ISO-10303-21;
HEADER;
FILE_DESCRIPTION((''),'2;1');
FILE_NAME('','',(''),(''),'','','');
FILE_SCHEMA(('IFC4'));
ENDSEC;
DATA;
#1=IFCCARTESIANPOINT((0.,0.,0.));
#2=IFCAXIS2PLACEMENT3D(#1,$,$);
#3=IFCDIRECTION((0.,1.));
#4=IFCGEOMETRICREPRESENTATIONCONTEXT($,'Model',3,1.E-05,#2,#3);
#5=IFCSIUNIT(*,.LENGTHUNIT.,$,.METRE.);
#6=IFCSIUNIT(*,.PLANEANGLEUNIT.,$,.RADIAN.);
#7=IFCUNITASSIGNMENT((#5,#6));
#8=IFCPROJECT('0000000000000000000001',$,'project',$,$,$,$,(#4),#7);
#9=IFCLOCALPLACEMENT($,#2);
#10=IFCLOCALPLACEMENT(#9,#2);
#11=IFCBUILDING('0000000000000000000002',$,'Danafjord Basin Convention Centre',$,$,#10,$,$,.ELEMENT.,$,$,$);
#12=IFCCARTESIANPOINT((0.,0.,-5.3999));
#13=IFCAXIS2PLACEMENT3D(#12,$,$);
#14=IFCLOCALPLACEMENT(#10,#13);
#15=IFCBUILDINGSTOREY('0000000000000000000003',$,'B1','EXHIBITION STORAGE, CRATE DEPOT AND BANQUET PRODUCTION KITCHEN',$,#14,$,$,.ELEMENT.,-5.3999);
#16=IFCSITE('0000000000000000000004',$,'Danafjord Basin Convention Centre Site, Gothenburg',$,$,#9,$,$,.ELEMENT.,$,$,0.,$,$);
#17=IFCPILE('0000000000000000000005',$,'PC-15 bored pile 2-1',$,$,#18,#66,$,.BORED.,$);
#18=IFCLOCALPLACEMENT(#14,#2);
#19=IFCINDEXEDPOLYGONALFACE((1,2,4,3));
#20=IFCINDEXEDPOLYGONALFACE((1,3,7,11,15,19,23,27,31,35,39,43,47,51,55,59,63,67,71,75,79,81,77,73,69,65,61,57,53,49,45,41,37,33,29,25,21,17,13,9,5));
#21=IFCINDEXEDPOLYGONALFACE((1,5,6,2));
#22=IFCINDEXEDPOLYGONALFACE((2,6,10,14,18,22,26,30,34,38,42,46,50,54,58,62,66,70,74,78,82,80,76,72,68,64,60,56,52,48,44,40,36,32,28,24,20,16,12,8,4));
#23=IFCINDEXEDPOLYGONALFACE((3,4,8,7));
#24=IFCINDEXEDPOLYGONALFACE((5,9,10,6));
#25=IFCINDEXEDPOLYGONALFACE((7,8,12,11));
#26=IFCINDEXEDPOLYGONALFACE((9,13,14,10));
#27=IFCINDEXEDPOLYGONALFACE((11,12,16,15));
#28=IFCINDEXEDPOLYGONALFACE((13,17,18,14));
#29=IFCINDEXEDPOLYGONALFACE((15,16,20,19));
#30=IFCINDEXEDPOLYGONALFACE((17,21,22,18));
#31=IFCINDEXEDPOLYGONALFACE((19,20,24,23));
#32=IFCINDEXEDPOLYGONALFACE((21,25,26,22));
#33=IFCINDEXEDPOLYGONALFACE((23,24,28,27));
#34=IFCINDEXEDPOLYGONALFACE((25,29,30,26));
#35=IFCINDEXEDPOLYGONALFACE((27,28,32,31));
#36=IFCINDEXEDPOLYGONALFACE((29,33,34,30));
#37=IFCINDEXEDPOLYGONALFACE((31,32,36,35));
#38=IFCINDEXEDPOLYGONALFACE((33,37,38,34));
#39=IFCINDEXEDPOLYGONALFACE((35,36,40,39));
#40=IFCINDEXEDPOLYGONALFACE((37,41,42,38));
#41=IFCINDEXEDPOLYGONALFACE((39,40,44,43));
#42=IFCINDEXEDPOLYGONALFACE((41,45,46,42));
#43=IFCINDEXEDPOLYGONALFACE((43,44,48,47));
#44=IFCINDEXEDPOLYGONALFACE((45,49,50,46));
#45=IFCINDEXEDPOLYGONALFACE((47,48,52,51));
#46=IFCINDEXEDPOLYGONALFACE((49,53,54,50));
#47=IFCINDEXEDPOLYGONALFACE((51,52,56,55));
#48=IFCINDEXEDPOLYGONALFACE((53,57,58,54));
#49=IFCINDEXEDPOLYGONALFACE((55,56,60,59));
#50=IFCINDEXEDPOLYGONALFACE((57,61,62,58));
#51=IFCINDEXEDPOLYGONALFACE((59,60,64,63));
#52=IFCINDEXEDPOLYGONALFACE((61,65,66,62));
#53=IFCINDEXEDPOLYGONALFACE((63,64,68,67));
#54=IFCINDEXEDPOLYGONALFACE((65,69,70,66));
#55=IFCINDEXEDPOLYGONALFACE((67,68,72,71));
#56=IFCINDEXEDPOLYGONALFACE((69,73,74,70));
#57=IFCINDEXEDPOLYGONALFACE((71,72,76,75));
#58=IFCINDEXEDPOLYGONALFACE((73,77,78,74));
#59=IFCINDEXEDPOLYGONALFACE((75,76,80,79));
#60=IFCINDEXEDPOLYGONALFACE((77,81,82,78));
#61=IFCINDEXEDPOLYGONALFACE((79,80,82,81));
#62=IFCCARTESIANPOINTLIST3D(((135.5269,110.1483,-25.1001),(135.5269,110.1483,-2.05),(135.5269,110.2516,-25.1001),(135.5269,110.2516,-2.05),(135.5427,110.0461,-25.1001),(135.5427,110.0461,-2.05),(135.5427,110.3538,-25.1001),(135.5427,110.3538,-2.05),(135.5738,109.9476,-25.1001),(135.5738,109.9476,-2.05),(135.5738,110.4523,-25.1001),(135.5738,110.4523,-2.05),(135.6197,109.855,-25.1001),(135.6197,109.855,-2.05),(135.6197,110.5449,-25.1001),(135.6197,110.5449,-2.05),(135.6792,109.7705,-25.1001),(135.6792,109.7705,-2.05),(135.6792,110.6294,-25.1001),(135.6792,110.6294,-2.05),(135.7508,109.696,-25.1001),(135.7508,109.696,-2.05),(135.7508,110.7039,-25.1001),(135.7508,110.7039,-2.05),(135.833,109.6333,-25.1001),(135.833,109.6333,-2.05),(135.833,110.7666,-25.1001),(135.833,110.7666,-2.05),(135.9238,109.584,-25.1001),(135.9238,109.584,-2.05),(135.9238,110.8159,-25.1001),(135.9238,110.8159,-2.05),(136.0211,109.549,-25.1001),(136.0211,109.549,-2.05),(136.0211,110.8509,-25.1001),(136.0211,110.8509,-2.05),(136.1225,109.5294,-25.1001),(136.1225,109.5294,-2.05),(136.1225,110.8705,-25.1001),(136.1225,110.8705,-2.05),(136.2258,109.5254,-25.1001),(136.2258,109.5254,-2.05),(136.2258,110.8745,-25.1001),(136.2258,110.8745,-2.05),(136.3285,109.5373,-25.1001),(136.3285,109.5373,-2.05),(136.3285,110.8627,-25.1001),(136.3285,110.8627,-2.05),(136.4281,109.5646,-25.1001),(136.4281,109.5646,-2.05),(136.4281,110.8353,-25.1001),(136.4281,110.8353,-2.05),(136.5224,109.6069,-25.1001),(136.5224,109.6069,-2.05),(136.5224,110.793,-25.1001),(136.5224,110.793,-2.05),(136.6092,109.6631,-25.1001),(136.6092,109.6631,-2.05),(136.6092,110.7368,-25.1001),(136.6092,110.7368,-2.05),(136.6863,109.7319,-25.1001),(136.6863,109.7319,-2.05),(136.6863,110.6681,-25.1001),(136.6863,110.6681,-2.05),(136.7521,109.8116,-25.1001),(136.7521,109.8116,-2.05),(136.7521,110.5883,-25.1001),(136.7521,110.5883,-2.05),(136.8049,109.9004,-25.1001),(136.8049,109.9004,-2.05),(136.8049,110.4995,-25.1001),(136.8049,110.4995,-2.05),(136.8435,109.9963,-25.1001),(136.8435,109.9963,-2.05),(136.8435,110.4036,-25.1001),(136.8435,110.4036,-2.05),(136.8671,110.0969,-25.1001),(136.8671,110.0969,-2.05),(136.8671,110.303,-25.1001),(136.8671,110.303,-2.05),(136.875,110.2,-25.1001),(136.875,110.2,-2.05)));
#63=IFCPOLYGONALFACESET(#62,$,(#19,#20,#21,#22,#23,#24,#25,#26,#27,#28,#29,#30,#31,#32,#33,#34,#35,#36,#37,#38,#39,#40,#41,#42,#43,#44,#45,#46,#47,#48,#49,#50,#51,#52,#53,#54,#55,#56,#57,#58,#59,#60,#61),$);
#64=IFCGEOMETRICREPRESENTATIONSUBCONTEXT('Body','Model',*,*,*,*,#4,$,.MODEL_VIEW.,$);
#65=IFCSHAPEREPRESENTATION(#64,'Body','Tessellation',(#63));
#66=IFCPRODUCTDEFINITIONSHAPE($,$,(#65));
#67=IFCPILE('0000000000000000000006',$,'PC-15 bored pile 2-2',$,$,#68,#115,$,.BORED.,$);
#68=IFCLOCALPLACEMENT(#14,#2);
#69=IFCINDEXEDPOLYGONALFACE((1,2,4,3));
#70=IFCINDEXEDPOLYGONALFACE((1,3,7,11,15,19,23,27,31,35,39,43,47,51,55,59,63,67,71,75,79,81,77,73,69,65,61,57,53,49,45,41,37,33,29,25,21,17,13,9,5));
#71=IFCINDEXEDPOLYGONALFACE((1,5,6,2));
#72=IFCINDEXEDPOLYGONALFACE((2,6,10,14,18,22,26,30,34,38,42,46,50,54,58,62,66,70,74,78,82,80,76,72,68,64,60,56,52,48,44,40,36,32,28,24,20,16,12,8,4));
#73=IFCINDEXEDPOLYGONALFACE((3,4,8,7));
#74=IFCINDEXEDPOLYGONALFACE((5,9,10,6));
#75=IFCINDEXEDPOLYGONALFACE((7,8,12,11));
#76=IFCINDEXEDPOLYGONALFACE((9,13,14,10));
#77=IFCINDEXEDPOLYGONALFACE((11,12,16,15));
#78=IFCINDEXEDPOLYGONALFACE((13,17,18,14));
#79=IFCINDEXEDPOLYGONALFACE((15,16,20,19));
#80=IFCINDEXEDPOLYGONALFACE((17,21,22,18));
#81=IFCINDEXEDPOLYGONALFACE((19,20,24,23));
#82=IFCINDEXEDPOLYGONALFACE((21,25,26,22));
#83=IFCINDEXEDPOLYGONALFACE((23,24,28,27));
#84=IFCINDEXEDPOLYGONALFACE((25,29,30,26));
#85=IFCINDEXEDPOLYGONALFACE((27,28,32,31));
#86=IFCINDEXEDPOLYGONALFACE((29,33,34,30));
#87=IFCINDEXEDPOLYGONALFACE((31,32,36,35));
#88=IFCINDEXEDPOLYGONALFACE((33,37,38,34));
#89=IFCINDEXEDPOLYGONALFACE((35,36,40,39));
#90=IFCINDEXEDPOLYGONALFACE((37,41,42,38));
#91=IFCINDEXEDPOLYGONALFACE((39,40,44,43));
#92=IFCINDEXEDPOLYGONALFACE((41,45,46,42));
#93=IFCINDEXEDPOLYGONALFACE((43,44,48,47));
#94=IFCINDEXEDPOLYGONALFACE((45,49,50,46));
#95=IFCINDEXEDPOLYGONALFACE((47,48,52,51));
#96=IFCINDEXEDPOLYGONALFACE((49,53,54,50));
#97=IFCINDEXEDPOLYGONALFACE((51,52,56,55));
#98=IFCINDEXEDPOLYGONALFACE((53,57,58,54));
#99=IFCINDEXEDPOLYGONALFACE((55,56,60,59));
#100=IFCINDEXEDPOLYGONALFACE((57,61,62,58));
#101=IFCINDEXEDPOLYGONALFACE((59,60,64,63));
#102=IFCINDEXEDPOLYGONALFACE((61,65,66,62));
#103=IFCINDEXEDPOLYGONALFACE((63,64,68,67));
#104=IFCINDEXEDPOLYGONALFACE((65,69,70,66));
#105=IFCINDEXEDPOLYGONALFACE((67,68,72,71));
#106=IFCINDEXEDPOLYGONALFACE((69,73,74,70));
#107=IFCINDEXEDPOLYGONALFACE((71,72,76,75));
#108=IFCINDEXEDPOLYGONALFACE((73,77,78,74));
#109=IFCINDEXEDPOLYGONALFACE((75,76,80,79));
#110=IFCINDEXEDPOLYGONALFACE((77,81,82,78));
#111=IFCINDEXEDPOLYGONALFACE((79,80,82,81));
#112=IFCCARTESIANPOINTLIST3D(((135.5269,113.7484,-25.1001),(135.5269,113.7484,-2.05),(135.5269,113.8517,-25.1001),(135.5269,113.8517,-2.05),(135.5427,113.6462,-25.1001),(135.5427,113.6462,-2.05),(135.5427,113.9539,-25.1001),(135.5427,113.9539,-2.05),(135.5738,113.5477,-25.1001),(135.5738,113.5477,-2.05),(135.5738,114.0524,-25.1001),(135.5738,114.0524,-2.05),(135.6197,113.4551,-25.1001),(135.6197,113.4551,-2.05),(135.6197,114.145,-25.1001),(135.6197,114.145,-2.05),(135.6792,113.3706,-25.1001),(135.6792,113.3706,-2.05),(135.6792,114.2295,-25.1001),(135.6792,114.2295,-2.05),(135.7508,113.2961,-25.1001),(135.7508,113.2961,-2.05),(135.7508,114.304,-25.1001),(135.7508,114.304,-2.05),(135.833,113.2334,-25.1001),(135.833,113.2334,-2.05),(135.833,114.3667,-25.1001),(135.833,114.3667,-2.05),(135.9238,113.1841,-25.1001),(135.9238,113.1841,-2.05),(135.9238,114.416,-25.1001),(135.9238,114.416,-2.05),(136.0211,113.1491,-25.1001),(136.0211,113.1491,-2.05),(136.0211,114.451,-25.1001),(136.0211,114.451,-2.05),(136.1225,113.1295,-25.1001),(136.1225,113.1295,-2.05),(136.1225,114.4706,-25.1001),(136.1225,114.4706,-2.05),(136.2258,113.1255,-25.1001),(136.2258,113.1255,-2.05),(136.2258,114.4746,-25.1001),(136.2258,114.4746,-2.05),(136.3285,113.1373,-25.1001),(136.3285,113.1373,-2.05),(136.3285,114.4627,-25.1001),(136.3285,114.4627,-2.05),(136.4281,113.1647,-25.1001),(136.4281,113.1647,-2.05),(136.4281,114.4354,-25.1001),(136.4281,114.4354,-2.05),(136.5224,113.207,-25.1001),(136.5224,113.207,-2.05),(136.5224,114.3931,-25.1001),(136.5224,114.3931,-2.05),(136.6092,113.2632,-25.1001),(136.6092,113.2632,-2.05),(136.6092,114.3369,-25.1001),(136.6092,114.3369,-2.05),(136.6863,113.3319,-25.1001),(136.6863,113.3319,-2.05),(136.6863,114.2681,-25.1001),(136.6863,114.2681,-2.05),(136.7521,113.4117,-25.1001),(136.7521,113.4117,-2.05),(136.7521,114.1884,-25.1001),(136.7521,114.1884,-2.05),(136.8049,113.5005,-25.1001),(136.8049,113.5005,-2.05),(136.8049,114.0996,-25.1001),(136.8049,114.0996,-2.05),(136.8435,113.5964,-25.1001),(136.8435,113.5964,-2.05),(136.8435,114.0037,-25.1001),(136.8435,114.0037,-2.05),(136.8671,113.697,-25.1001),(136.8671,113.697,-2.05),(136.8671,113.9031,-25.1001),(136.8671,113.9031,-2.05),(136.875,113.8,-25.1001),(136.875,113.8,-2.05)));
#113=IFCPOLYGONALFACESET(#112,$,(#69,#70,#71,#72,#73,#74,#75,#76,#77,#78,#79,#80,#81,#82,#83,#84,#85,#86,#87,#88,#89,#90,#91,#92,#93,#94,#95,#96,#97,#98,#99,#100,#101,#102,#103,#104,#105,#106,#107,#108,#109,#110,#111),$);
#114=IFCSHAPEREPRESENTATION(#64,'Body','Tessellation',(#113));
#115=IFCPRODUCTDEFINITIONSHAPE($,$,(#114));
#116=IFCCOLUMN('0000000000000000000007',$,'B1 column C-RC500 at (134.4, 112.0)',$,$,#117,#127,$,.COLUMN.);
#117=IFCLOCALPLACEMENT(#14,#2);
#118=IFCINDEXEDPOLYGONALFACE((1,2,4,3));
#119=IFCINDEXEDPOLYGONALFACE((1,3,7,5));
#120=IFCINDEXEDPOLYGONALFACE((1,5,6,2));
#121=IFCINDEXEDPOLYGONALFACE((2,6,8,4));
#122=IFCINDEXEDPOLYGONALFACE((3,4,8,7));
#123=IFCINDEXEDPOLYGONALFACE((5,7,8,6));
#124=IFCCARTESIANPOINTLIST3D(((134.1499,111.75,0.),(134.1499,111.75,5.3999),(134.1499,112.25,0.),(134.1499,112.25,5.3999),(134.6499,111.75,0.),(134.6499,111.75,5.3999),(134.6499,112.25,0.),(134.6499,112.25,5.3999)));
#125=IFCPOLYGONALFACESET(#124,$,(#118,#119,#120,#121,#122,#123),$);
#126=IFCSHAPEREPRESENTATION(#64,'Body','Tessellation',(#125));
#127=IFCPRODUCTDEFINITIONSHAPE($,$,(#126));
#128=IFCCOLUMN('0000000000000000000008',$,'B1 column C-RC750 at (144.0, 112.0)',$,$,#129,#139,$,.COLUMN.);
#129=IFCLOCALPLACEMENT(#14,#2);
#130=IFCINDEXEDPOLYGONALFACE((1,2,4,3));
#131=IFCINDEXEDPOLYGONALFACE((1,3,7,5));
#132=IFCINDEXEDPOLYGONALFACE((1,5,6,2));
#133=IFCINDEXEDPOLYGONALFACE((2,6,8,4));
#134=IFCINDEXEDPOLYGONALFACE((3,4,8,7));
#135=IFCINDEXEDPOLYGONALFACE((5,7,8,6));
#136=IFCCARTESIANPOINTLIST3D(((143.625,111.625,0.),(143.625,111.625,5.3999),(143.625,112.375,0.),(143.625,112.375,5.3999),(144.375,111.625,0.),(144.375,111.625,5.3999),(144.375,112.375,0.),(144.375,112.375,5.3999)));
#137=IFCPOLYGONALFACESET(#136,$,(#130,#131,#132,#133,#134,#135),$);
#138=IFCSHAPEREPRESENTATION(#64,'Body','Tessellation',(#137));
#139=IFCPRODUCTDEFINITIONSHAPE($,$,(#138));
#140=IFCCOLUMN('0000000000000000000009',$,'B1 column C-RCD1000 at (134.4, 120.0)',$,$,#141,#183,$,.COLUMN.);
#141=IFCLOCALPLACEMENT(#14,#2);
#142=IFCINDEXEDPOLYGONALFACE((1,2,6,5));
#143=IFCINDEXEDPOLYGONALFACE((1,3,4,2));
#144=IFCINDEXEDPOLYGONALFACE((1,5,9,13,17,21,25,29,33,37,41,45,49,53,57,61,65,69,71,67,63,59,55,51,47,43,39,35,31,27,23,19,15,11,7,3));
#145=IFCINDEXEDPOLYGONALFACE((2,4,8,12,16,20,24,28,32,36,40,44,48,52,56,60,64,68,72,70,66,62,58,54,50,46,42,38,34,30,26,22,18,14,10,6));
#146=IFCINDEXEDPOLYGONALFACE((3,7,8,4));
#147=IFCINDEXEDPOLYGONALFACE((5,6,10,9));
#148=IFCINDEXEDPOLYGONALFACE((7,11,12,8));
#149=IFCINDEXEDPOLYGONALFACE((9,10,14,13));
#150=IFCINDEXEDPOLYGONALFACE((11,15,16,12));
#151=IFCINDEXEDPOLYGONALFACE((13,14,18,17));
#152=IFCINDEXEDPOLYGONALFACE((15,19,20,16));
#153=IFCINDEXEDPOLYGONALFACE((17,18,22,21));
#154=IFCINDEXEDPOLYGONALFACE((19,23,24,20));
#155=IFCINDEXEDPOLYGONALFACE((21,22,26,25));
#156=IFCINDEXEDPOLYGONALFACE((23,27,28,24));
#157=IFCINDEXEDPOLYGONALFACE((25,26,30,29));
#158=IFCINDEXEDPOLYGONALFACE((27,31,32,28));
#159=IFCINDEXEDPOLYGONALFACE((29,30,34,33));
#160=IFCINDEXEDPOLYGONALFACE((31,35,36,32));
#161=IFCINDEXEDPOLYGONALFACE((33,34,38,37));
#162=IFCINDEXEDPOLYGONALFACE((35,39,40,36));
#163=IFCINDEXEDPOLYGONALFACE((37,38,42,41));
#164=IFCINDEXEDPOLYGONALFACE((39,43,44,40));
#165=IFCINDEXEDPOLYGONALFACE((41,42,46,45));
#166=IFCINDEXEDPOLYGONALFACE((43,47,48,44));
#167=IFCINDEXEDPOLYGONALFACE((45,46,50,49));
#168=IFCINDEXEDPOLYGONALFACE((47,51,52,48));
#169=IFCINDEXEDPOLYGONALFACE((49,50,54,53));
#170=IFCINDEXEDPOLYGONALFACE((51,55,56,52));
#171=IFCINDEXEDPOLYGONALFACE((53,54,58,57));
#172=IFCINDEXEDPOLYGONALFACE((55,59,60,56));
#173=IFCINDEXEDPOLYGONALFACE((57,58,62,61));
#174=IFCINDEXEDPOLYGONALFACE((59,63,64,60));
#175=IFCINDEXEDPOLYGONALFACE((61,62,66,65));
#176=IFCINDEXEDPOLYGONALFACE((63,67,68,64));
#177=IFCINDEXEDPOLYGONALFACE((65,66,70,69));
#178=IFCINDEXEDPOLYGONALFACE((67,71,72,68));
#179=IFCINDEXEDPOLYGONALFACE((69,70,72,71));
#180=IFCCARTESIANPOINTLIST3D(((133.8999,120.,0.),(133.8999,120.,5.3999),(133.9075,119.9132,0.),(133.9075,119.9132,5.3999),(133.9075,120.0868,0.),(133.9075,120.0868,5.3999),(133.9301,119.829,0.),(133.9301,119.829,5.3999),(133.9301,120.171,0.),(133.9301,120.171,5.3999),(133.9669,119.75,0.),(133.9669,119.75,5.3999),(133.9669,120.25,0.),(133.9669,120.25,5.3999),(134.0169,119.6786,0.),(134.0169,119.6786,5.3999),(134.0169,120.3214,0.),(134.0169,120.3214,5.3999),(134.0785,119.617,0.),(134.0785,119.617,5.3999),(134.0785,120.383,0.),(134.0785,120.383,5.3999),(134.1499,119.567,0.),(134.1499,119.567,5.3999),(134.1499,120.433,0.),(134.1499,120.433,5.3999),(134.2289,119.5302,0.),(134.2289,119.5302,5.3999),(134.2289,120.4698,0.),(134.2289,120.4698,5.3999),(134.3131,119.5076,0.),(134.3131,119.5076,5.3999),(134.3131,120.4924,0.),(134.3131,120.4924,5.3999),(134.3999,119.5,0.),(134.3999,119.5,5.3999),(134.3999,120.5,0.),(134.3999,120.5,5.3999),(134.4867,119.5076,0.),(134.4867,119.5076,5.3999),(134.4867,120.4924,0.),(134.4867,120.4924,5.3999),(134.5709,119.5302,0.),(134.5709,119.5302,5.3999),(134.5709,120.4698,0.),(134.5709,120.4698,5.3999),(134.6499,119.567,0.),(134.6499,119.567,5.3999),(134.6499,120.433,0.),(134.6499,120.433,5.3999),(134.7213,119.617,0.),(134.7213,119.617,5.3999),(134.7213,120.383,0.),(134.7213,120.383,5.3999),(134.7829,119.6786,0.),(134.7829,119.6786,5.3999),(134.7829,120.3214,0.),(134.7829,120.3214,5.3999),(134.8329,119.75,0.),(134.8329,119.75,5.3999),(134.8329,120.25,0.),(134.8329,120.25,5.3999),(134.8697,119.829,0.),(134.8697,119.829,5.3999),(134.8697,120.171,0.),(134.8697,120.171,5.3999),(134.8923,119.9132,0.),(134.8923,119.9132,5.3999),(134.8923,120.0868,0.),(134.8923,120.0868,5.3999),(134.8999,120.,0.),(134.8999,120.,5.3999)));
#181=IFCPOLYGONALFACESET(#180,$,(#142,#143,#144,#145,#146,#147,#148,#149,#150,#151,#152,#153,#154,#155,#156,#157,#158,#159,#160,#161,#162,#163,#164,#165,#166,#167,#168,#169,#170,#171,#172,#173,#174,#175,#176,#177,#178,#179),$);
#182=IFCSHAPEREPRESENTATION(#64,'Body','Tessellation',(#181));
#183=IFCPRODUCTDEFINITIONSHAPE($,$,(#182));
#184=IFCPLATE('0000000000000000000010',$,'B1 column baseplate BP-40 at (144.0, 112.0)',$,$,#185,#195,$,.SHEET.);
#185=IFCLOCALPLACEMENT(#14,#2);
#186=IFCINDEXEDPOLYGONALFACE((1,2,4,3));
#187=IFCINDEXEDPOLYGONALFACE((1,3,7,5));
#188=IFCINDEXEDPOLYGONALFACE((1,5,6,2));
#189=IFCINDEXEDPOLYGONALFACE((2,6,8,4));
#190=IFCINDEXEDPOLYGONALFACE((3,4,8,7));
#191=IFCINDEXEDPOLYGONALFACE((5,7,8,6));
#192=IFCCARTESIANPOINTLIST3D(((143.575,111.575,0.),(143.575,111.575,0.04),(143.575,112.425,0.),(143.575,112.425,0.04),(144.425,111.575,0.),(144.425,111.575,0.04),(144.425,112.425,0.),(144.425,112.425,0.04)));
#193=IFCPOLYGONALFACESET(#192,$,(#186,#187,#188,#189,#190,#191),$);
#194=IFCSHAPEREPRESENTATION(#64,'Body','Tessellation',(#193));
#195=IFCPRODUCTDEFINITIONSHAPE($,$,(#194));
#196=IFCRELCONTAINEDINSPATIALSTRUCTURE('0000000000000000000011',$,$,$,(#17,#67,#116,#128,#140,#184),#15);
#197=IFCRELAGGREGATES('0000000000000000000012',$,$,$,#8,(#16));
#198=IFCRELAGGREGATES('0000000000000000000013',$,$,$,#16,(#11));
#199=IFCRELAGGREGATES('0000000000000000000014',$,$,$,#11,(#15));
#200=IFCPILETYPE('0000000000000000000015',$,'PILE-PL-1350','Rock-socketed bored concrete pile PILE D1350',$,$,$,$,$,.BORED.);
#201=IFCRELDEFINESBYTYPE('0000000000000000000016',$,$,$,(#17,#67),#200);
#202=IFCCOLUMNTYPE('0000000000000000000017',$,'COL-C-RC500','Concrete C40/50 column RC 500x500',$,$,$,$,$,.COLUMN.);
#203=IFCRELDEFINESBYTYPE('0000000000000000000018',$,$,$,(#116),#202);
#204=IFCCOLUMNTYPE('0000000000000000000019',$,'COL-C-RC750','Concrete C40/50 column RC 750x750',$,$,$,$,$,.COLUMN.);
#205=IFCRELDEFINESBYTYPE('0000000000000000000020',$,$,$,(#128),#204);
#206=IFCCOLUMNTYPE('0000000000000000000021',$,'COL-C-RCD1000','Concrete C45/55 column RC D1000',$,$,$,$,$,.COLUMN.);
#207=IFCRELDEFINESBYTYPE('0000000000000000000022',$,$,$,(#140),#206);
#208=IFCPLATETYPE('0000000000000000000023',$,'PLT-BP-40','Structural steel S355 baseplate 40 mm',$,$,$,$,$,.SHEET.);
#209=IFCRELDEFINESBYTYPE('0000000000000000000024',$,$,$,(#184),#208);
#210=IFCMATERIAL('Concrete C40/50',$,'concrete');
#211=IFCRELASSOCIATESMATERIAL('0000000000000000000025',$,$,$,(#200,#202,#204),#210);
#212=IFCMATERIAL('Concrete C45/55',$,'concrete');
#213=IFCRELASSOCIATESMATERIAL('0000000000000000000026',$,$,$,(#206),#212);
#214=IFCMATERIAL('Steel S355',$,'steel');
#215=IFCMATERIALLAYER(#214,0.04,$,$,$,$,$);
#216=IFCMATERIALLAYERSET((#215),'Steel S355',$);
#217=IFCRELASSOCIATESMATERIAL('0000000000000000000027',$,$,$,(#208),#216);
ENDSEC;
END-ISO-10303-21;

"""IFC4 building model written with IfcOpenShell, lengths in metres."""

from ifc_helpers import new_model, si_unit, direction, frame, origin, origin_2d, place, context, subcontext, project, spatial, rectangle, circle, extrude, material, layer, layer_set, material_profile, profile_set, type_object, element, save


model = new_model("IFC4")

# Units and contexts
model_context = context("Model", 3, precision=1e-05, world=origin(), true_north=direction((0.0, 1.0)))
body_context = subcontext(model_context, "Body", "Model", "MODEL_VIEW")
ifc_project = project(units=[si_unit("LENGTHUNIT", "METRE"), si_unit("PLANEANGLEUNIT", "RADIAN")], contexts=[model_context])

# Site, building, storey
site_placement = place(None, origin())
site = spatial("IfcSite", under=ifc_project, at=site_placement, Name="Danafjord Basin Convention Centre Site, Gothenburg", CompositionType="ELEMENT", RefElevation=0.0)
building_placement = place(site_placement, origin())
building = spatial("IfcBuilding", under=site, at=building_placement, Name="Danafjord Basin Convention Centre", CompositionType="ELEMENT")
storey_placement = place(building_placement, frame((0.0, 0.0, -5.3999)))
storey = spatial("IfcBuildingStorey", under=building, at=storey_placement, Name="B1", Description="EXHIBITION STORAGE, CRATE DEPOT AND BANQUET PRODUCTION KITCHEN", CompositionType="ELEMENT", Elevation=-5.3999)

# Shared definitions
ifc_material_1 = material(Name="Concrete C40/50", Category="concrete")

# Piles
ifc_material_profile_1 = material_profile(ifc_material_1, circle(Radius=0.675, at=origin_2d()), Name="PILE D1350")
ifc_profile_set_1 = profile_set([ifc_material_profile_1], Name="Concrete C40/50")
pile_type = type_object("IfcPileType", Name="PILE-PL-1350", Description="Rock-socketed bored concrete pile PILE D1350", PredefinedType="BORED", material=ifc_profile_set_1)
for number, where, z_axis, x_axis, name in (
    (1, (136.2, 110.2, -2.05), (0.0, 0.0, -1.0), (1.0, 0.0, 0.0), "PC-15 bored pile 2-1"),
    (2, (136.2, 113.8, -2.05), (0.0, 0.0, -1.0), (1.0, 0.0, 0.0), "PC-15 bored pile 2-2"),
):
    element("IfcPile", number, at=place(storey_placement, frame(where, z_axis=z_axis, x_axis=x_axis)), inside=storey, type_object=pile_type, Name=name, PredefinedType="BORED", context=body_context, shape_type="SweptSolid", body=[
        extrude(circle(Radius=0.675, at=origin_2d()), origin(), (0.0, 0.0, 1.0), 23.05),
    ])

# Columns
ifc_material_profile_2 = material_profile(ifc_material_1, rectangle(XDim=0.5, YDim=0.5, at=origin_2d()), Name="RC 500x500")
ifc_profile_set_2 = profile_set([ifc_material_profile_2], Name="Concrete C40/50")
column_type_1 = type_object("IfcColumnType", Name="COL-C-RC500", Description="Concrete C40/50 column RC 500x500", PredefinedType="COLUMN", material=ifc_profile_set_2)
column_1_placement = place(storey_placement, frame((134.3999, 112.0, 0.0), z_axis=(0.0, 0.0, 1.0), x_axis=(1.0, 0.0, 0.0)))
element("IfcColumn", 3, at=column_1_placement, inside=storey, type_object=column_type_1, Name="B1 column C-RC500 at (134.4, 112.0)", PredefinedType="COLUMN", context=body_context, shape_type="SweptSolid", body=[
    extrude(rectangle(XDim=0.5, YDim=0.5, at=origin_2d()), origin(), (0.0, 0.0, 1.0), 5.3999),
])
ifc_material_profile_3 = material_profile(ifc_material_1, rectangle(XDim=0.75, YDim=0.75, at=origin_2d()), Name="RC 750x750")
ifc_profile_set_3 = profile_set([ifc_material_profile_3], Name="Concrete C40/50")
column_type_2 = type_object("IfcColumnType", Name="COL-C-RC750", Description="Concrete C40/50 column RC 750x750", PredefinedType="COLUMN", material=ifc_profile_set_3)
column_2_placement = place(storey_placement, frame((144.0, 112.0, 0.0), z_axis=(0.0, 0.0, 1.0), x_axis=(1.0, 0.0, 0.0)))
element("IfcColumn", 4, at=column_2_placement, inside=storey, type_object=column_type_2, Name="B1 column C-RC750 at (144.0, 112.0)", PredefinedType="COLUMN", context=body_context, shape_type="SweptSolid", body=[
    extrude(rectangle(XDim=0.75, YDim=0.75, at=origin_2d()), origin(), (0.0, 0.0, 1.0), 5.3999),
])
ifc_material_2 = material(Name="Concrete C45/55", Category="concrete")
ifc_material_profile_4 = material_profile(ifc_material_2, circle(Radius=0.5, at=origin_2d()), Name="RC D1000")
ifc_profile_set_4 = profile_set([ifc_material_profile_4], Name="Concrete C45/55")
column_type_3 = type_object("IfcColumnType", Name="COL-C-RCD1000", Description="Concrete C45/55 column RC D1000", PredefinedType="COLUMN", material=ifc_profile_set_4)
column_3_placement = place(storey_placement, frame((134.3999, 120.0, 0.0), z_axis=(0.0, 0.0, 1.0), x_axis=(1.0, 0.0, 0.0)))
element("IfcColumn", 5, at=column_3_placement, inside=storey, type_object=column_type_3, Name="B1 column C-RCD1000 at (134.4, 120.0)", PredefinedType="COLUMN", context=body_context, shape_type="SweptSolid", body=[
    extrude(circle(Radius=0.5, at=origin_2d()), origin(), (0.0, 0.0, 1.0), 5.3999),
])

# Plate
ifc_material_3 = material(Name="Steel S355", Category="steel")
ifc_layer_1 = layer(ifc_material_3, 0.04)
ifc_layer_set_1 = layer_set([ifc_layer_1], Name="Steel S355")
plate_type = type_object("IfcPlateType", Name="PLT-BP-40", Description="Structural steel S355 baseplate 40 mm", PredefinedType="SHEET", material=ifc_layer_set_1)
plate_placement = place(storey_placement, frame((144.0, 112.0, 0.0), z_axis=(0.0, 0.0, 1.0), x_axis=(1.0, 0.0, 0.0)))
element("IfcPlate", 6, at=plate_placement, inside=storey, type_object=plate_type, Name="B1 column baseplate BP-40 at (144.0, 112.0)", PredefinedType="SHEET", context=body_context, shape_type="SweptSolid", body=[
    extrude(rectangle(XDim=0.8501, YDim=0.8501, at=origin_2d()), origin(), (0.0, 0.0, 1.0), 0.04),
])

save(model, "model.ifc")
